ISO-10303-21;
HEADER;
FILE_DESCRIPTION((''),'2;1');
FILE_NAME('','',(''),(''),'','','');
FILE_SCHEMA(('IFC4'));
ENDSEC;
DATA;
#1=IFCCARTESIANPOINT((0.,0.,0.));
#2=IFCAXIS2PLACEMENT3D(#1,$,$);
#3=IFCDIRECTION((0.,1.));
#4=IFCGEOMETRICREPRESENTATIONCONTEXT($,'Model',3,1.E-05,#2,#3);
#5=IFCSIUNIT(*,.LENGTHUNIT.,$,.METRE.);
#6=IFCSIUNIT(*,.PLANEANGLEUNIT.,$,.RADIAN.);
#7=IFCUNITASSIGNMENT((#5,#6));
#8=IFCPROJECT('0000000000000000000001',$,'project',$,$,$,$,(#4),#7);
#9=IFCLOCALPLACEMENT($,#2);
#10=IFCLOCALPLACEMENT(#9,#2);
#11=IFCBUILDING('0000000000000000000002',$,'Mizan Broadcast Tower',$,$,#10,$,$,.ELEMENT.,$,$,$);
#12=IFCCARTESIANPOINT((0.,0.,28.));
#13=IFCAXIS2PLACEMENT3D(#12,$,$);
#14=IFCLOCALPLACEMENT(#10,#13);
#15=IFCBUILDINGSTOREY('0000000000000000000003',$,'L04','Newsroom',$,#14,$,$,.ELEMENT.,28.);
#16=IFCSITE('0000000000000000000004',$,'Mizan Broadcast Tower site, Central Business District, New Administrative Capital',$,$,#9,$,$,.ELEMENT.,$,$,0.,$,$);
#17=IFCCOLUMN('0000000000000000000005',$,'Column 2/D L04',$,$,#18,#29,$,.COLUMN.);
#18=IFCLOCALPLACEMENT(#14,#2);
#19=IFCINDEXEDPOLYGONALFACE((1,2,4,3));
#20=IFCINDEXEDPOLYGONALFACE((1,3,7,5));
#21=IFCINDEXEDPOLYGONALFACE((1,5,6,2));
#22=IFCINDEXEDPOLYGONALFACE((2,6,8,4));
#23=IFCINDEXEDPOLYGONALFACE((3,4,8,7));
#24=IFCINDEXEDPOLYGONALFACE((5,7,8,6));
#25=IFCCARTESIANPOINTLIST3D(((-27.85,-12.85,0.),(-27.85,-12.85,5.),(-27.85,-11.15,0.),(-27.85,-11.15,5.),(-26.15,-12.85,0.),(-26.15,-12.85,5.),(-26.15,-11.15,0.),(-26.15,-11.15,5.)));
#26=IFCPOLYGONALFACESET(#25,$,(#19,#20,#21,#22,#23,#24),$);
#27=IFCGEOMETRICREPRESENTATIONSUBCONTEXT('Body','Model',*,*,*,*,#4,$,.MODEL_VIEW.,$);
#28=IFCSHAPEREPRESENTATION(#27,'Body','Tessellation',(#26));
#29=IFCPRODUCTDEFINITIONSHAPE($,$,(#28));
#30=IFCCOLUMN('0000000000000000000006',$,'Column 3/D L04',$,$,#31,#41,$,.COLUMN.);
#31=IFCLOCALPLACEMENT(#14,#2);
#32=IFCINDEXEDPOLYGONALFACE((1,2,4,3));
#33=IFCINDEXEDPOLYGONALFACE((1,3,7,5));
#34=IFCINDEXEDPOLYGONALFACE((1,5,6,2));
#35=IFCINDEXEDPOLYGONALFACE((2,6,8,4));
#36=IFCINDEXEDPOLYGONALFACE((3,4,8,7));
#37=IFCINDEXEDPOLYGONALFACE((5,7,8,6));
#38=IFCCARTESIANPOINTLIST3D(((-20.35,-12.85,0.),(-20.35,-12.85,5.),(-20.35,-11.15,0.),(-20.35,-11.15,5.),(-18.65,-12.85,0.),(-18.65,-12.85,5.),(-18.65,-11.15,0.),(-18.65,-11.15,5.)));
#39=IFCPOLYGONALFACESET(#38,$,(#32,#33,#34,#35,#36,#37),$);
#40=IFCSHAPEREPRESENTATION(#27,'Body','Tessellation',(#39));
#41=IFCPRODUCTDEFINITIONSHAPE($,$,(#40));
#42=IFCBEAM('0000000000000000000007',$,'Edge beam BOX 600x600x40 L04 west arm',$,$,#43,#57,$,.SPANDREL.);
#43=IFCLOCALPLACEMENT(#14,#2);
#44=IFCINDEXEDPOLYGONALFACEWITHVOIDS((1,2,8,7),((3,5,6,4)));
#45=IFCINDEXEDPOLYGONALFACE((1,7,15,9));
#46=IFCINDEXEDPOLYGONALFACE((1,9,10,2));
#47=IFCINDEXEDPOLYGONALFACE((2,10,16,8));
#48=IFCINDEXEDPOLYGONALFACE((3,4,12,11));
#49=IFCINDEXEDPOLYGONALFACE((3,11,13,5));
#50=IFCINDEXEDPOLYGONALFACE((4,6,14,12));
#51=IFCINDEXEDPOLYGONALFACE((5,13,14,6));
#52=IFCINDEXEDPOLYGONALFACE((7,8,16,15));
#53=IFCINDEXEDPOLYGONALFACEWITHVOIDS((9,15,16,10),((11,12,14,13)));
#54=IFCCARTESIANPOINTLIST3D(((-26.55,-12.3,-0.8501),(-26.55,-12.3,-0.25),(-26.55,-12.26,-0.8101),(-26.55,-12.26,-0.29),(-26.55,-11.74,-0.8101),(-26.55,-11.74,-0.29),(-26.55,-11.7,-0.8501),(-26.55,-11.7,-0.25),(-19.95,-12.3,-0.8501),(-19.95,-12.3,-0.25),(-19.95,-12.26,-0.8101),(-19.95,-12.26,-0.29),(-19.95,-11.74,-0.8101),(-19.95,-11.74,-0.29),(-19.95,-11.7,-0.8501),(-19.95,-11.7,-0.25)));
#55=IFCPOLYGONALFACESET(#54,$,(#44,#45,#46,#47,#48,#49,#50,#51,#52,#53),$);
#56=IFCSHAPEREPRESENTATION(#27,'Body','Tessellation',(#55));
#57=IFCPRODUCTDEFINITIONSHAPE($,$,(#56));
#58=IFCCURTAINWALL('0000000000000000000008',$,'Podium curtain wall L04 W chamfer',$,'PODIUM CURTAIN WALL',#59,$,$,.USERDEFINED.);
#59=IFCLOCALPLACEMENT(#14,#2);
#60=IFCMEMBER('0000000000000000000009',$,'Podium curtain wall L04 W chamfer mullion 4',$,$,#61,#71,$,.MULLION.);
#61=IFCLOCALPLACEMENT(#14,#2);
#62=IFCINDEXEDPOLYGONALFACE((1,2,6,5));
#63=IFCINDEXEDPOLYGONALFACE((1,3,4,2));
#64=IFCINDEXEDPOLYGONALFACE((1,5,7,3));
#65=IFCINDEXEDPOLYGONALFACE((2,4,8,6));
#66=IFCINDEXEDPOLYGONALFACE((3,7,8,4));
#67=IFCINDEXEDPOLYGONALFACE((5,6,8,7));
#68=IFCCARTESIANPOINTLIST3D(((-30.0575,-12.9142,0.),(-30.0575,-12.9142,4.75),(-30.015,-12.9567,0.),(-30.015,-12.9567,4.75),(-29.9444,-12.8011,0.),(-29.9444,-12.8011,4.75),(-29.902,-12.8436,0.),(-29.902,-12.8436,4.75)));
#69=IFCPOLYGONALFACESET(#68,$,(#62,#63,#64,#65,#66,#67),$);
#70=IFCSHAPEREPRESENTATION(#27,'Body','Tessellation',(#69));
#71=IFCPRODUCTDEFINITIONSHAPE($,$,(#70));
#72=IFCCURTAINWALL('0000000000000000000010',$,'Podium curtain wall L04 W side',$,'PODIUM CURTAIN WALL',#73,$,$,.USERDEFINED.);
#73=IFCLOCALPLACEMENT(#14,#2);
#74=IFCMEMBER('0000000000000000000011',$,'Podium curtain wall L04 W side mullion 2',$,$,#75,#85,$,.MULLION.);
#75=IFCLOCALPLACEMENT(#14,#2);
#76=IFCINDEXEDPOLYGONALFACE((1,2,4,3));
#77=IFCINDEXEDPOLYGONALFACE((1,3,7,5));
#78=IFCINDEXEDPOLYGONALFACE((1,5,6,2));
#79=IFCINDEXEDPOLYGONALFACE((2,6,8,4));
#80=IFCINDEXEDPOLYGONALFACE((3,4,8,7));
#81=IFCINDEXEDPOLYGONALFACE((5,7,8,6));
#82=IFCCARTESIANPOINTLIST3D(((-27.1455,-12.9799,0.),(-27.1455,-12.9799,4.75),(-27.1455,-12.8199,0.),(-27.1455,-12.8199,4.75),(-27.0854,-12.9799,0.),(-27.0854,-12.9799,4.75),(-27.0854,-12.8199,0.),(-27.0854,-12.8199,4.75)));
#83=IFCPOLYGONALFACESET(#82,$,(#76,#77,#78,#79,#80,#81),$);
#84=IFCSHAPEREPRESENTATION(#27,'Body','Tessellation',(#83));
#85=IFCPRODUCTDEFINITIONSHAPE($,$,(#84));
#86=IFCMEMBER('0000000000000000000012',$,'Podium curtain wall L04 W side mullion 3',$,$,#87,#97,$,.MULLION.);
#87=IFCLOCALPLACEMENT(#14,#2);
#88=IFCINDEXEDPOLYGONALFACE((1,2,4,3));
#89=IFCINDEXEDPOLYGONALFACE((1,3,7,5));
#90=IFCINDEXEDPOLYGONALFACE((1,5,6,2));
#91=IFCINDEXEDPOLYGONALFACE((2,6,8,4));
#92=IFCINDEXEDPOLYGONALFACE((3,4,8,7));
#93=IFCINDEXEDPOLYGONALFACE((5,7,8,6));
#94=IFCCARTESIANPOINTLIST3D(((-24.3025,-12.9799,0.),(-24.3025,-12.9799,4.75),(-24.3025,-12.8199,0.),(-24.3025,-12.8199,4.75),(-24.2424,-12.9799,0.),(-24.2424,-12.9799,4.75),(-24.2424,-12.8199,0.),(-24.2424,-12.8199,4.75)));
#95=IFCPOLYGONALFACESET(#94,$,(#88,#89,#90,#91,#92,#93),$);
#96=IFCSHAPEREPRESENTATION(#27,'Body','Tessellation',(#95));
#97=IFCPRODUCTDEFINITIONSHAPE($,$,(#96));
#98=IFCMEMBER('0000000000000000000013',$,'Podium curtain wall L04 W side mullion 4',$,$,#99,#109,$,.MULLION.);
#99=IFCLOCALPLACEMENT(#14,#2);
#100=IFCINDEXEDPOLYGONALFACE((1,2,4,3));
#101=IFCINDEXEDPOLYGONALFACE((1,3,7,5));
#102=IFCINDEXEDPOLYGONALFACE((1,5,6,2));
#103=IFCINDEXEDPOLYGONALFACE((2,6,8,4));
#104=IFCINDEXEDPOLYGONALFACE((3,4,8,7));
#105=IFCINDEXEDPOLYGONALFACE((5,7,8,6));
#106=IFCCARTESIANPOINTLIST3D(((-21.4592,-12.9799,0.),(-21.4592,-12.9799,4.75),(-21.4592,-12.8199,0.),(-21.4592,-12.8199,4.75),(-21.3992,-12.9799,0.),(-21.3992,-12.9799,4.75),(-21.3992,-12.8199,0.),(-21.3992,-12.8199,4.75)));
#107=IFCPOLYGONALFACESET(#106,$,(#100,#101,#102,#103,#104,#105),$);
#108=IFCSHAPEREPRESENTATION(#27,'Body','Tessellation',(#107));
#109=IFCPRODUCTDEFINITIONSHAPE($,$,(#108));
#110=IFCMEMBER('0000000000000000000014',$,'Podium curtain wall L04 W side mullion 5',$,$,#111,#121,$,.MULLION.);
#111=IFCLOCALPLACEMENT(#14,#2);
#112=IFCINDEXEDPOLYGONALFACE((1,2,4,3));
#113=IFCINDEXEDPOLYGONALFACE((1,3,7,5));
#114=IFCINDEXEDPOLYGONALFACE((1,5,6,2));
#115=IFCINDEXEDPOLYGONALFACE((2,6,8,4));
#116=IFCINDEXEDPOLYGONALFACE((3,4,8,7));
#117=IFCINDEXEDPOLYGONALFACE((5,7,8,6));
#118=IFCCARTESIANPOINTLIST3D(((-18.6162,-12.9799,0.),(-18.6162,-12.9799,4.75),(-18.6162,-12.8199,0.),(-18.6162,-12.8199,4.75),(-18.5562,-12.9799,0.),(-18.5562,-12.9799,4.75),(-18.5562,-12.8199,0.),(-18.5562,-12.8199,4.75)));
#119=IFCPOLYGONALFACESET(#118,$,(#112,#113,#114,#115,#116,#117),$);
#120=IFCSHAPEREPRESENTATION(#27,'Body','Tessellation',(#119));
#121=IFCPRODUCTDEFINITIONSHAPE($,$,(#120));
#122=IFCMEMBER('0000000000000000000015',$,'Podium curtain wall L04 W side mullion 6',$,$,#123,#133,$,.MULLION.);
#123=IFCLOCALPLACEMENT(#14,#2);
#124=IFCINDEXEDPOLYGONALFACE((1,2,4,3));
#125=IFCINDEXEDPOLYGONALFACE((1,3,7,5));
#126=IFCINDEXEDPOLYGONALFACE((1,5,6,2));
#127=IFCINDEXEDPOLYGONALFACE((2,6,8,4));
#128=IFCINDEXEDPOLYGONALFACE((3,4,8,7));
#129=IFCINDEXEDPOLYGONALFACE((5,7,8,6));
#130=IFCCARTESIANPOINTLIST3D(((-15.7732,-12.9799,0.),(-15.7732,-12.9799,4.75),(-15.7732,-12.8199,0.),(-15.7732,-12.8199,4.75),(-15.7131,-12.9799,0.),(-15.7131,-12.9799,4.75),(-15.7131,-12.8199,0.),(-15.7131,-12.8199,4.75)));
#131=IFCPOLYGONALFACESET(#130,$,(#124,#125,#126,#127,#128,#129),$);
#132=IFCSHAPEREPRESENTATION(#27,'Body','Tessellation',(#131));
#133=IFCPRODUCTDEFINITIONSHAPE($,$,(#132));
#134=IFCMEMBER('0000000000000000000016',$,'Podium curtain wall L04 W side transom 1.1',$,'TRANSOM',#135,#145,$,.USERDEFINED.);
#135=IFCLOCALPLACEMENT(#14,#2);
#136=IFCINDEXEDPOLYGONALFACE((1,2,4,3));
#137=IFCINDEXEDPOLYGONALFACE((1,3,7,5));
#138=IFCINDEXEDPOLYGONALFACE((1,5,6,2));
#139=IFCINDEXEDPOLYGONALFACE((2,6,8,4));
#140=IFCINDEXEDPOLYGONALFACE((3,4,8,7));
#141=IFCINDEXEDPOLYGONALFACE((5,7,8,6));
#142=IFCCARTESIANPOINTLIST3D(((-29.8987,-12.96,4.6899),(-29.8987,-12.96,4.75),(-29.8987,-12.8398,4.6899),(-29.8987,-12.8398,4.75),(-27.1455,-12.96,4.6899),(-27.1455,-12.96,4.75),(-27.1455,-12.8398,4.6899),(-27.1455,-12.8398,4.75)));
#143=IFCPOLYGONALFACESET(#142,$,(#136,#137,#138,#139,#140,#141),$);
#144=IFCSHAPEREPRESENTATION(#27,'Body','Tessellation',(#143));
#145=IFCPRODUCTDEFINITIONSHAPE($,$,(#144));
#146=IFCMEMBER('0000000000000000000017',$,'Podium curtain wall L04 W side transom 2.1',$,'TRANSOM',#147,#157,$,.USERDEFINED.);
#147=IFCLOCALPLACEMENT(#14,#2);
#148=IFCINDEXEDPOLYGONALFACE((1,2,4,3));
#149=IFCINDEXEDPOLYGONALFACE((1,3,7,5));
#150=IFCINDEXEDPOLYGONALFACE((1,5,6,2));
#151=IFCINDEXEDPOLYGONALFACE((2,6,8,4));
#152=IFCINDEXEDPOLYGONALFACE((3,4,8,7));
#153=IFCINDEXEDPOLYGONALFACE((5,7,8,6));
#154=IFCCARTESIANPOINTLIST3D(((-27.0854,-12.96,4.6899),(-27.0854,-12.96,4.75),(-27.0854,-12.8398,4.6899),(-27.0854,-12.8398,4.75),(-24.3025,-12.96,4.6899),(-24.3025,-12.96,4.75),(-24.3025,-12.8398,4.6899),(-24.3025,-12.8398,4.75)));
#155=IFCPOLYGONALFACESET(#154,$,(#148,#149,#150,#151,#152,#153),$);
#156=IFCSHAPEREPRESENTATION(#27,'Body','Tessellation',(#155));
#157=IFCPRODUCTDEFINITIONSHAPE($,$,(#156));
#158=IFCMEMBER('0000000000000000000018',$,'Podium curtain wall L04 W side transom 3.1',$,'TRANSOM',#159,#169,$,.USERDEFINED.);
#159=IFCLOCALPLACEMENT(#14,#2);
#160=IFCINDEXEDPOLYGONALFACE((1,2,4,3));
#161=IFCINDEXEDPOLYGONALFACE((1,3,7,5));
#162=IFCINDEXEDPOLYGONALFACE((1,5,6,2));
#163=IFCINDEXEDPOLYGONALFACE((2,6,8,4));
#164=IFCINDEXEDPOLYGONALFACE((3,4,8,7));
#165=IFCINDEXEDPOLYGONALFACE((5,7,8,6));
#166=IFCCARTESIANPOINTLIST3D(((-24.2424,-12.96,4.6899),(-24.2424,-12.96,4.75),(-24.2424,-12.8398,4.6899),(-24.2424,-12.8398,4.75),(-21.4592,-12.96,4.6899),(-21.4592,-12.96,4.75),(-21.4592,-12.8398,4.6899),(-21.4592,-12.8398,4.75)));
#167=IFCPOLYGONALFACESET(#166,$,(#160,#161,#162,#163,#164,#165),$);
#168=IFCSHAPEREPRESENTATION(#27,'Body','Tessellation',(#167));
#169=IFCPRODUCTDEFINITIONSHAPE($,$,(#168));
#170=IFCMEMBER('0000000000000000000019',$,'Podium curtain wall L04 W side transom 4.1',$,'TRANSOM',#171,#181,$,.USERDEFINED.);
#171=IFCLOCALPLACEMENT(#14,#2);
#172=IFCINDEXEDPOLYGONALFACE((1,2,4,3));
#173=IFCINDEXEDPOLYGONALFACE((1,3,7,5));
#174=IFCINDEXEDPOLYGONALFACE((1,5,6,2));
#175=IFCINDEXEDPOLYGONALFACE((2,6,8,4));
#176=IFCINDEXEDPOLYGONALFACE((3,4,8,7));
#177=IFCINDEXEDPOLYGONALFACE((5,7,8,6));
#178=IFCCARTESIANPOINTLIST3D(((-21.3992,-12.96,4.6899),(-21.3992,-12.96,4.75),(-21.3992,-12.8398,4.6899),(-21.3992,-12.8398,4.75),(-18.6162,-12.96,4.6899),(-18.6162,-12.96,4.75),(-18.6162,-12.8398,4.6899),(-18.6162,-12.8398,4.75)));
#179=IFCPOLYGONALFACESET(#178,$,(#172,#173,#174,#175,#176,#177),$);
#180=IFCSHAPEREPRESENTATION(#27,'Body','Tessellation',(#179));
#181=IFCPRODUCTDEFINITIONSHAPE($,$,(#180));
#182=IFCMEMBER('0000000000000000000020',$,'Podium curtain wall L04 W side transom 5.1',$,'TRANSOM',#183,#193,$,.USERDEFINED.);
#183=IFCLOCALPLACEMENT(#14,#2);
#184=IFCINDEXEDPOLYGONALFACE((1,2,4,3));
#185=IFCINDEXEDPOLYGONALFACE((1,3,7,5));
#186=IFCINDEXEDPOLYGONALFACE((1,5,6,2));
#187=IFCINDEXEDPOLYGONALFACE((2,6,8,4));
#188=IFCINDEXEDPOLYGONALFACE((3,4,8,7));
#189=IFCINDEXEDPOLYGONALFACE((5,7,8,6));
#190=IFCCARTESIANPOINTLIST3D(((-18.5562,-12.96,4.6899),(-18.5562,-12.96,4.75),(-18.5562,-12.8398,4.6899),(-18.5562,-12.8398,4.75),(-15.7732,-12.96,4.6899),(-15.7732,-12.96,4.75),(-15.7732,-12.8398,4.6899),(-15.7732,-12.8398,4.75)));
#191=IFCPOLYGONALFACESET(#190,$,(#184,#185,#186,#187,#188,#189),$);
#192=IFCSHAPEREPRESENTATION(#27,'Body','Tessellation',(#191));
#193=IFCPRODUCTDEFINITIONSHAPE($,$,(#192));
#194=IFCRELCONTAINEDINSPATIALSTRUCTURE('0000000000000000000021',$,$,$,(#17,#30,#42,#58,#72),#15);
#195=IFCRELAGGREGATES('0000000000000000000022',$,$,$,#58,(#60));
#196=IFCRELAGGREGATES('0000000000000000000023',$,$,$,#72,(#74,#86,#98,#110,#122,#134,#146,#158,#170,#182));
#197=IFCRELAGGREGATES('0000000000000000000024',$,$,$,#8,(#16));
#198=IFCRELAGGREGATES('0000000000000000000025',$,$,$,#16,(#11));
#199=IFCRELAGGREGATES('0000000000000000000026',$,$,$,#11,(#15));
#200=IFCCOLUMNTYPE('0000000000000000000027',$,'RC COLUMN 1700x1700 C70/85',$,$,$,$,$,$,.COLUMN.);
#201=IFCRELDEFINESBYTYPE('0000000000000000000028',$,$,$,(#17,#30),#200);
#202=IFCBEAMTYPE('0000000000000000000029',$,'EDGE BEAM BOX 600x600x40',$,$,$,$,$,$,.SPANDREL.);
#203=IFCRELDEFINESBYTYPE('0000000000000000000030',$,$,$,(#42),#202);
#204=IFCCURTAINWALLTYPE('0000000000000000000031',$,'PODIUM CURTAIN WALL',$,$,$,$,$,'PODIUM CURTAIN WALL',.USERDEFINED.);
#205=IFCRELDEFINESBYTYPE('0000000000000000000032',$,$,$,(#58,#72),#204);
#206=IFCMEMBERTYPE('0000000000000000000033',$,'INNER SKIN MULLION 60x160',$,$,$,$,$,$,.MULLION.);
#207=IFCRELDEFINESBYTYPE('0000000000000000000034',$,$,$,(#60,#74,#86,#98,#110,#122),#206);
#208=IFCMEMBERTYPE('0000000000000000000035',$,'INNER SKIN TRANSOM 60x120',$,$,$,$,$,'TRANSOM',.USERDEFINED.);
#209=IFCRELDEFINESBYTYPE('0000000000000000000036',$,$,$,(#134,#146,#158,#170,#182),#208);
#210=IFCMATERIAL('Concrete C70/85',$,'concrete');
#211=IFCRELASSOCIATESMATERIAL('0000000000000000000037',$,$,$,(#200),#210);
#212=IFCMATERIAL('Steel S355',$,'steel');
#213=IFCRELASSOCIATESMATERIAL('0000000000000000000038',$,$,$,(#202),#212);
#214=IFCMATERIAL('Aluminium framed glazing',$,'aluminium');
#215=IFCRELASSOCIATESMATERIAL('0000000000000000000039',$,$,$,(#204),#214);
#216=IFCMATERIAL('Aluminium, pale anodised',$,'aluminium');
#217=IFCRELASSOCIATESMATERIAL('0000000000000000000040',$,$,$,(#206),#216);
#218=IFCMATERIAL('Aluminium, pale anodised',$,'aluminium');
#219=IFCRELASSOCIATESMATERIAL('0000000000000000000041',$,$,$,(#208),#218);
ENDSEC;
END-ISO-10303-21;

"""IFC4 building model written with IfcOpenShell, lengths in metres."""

from ifc_helpers import new_model, si_unit, direction, frame, origin, origin_2d, place, context, subcontext, project, spatial, rectangle, hollow_rectangle, extrude, material, material_profile, profile_set, type_object, element, aggregate, save


model = new_model("IFC4")

# Units and contexts
model_context = context("Model", 3, precision=1e-05, world=origin(), true_north=direction((0.0, 1.0)))
body_context = subcontext(model_context, "Body", "Model", "MODEL_VIEW")
ifc_project = project(units=[si_unit("LENGTHUNIT", "METRE"), si_unit("PLANEANGLEUNIT", "RADIAN")], contexts=[model_context])

# Site, building, storey
site_placement = place(None, origin())
site = spatial("IfcSite", under=ifc_project, at=site_placement, Name="Mizan Broadcast Tower site, Central Business District, New Administrative Capital", CompositionType="ELEMENT", RefElevation=0.0)
building_placement = place(site_placement, origin())
building = spatial("IfcBuilding", under=site, at=building_placement, Name="Mizan Broadcast Tower", CompositionType="ELEMENT")
storey_placement = place(building_placement, frame((0.0, 0.0, 28.0)))
storey = spatial("IfcBuildingStorey", under=building, at=storey_placement, Name="L04", Description="Newsroom", CompositionType="ELEMENT", Elevation=28.0)

# Columns
ifc_material_1 = material(Name="Concrete C70/85", Category="concrete")
ifc_material_profile_1 = material_profile(ifc_material_1, rectangle(XDim=1.7, YDim=1.7, at=origin_2d()), Name="RC 1700x1700")
ifc_profile_set_1 = profile_set([ifc_material_profile_1], Name="Concrete C70/85")
column_type = type_object("IfcColumnType", Name="RC COLUMN 1700x1700 C70/85", PredefinedType="COLUMN", material=ifc_profile_set_1)
for number, where, z_axis, x_axis, name in (
    (1, (-27.0, -12.0, 0.0), (0.0, 0.0, 1.0), (1.0, 0.0, 0.0), "Column 2/D L04"),
    (2, (-19.5, -12.0, 0.0), (0.0, 0.0, 1.0), (1.0, 0.0, 0.0), "Column 3/D L04"),
):
    element("IfcColumn", number, at=place(storey_placement, frame(where, z_axis=z_axis, x_axis=x_axis)), inside=storey, type_object=column_type, Name=name, PredefinedType="COLUMN", context=body_context, shape_type="SweptSolid", body=[
        extrude(rectangle(XDim=1.7, YDim=1.7, at=origin_2d()), origin(), (0.0, 0.0, 1.0), 5.0),
    ])

# Beam
ifc_material_2 = material(Name="Steel S355", Category="steel")
ifc_material_profile_2 = material_profile(ifc_material_2, hollow_rectangle(XDim=0.6001, YDim=0.6001, WallThickness=0.04, at=origin_2d()), Name="BOX 600x600x40")
ifc_profile_set_2 = profile_set([ifc_material_profile_2], Name="Steel S355")
beam_type = type_object("IfcBeamType", Name="EDGE BEAM BOX 600x600x40", PredefinedType="SPANDREL", material=ifc_profile_set_2)
beam_placement = place(storey_placement, frame((-19.95, -12.0, -0.55), z_axis=(-1.0, 0.0, 0.0), x_axis=(0.0, -1.0, 0.0)))
element("IfcBeam", 3, at=beam_placement, inside=storey, type_object=beam_type, Name="Edge beam BOX 600x600x40 L04 west arm", PredefinedType="SPANDREL", context=body_context, shape_type="SweptSolid", body=[
    extrude(hollow_rectangle(XDim=0.6001, YDim=0.6001, WallThickness=0.04, at=origin_2d()), origin(), (0.0, 0.0, 1.0), 6.6001),
])

# Curtain wall, member
ifc_material_3 = material(Name="Aluminium framed glazing", Category="aluminium")
curtain_wall_type_1 = type_object("IfcCurtainWallType", Name="PODIUM CURTAIN WALL", ElementType="PODIUM CURTAIN WALL", PredefinedType="USERDEFINED", material=ifc_material_3)
curtain_wall_1_placement = place(storey_placement, origin())
curtain_wall_1 = element("IfcCurtainWall", 4, at=curtain_wall_1_placement, inside=storey, type_object=curtain_wall_type_1, Name="Podium curtain wall L04 W chamfer", ObjectType="PODIUM CURTAIN WALL", PredefinedType="USERDEFINED")
ifc_material_4 = material(Name="Aluminium, pale anodised", Category="aluminium")
ifc_material_profile_3 = material_profile(ifc_material_4, rectangle(XDim=0.1599, YDim=0.0601, at=origin_2d()), Name="MULLION 160x60")
ifc_profile_set_3 = profile_set([ifc_material_profile_3], Name="Aluminium, pale anodised")
member_type_1 = type_object("IfcMemberType", Name="INNER SKIN MULLION 60x160", PredefinedType="MULLION", material=ifc_profile_set_3)
member_1_placement = place(storey_placement, frame((-29.9797, -12.8789, 0.0), z_axis=(0.0, 0.0, 1.0), x_axis=(0.707107, 0.707107, 0.0)))
member_1 = element("IfcMember", 5, at=member_1_placement, type_object=member_type_1, Name="Podium curtain wall L04 W chamfer mullion 4", PredefinedType="MULLION", context=body_context, shape_type="SweptSolid", body=[
    extrude(rectangle(XDim=0.1599, YDim=0.0601, at=origin_2d()), origin(), (0.0, 0.0, 1.0), 4.75),
])
aggregate(curtain_wall_1, [member_1])

# Curtain wall, members
curtain_wall_2_placement = place(storey_placement, origin())
curtain_wall_2 = element("IfcCurtainWall", 6, at=curtain_wall_2_placement, inside=storey, type_object=curtain_wall_type_1, Name="Podium curtain wall L04 W side", ObjectType="PODIUM CURTAIN WALL", PredefinedType="USERDEFINED")
member_2_placement = place(storey_placement, frame((-27.1155, -12.8999, 0.0), z_axis=(0.0, 0.0, 1.0), x_axis=(0.0, 1.0, 0.0)))
member_2 = element("IfcMember", 7, at=member_2_placement, type_object=member_type_1, Name="Podium curtain wall L04 W side mullion 2", PredefinedType="MULLION", context=body_context, shape_type="SweptSolid", body=[
    extrude(rectangle(XDim=0.1599, YDim=0.0601, at=origin_2d()), origin(), (0.0, 0.0, 1.0), 4.75),
])
member_3_placement = place(storey_placement, frame((-24.2725, -12.8999, 0.0), z_axis=(0.0, 0.0, 1.0), x_axis=(0.0, 1.0, 0.0)))
member_3 = element("IfcMember", 8, at=member_3_placement, type_object=member_type_1, Name="Podium curtain wall L04 W side mullion 3", PredefinedType="MULLION", context=body_context, shape_type="SweptSolid", body=[
    extrude(rectangle(XDim=0.1599, YDim=0.0601, at=origin_2d()), origin(), (0.0, 0.0, 1.0), 4.75),
])
member_4_placement = place(storey_placement, frame((-21.4292, -12.8999, 0.0), z_axis=(0.0, 0.0, 1.0), x_axis=(0.0, 1.0, 0.0)))
member_4 = element("IfcMember", 9, at=member_4_placement, type_object=member_type_1, Name="Podium curtain wall L04 W side mullion 4", PredefinedType="MULLION", context=body_context, shape_type="SweptSolid", body=[
    extrude(rectangle(XDim=0.1599, YDim=0.0601, at=origin_2d()), origin(), (0.0, 0.0, 1.0), 4.75),
])
member_5_placement = place(storey_placement, frame((-18.5862, -12.8999, 0.0), z_axis=(0.0, 0.0, 1.0), x_axis=(0.0, 1.0, 0.0)))
member_5 = element("IfcMember", 10, at=member_5_placement, type_object=member_type_1, Name="Podium curtain wall L04 W side mullion 5", PredefinedType="MULLION", context=body_context, shape_type="SweptSolid", body=[
    extrude(rectangle(XDim=0.1599, YDim=0.0601, at=origin_2d()), origin(), (0.0, 0.0, 1.0), 4.75),
])
member_6_placement = place(storey_placement, frame((-15.7432, -12.8999, 0.0), z_axis=(0.0, 0.0, 1.0), x_axis=(0.0, 1.0, 0.0)))
member_6 = element("IfcMember", 11, at=member_6_placement, type_object=member_type_1, Name="Podium curtain wall L04 W side mullion 6", PredefinedType="MULLION", context=body_context, shape_type="SweptSolid", body=[
    extrude(rectangle(XDim=0.1599, YDim=0.0601, at=origin_2d()), origin(), (0.0, 0.0, 1.0), 4.75),
])
ifc_material_5 = material(Name="Aluminium, pale anodised", Category="aluminium")
ifc_material_profile_4 = material_profile(ifc_material_5, rectangle(XDim=0.1201, YDim=0.0601, at=origin_2d()), Name="TRANSOM 120x60")
ifc_profile_set_4 = profile_set([ifc_material_profile_4], Name="Aluminium, pale anodised")
member_type_2 = type_object("IfcMemberType", Name="INNER SKIN TRANSOM 60x120", ElementType="TRANSOM", PredefinedType="USERDEFINED", material=ifc_profile_set_4)
member_7_placement = place(storey_placement, frame((-29.8987, -12.8999, 4.72), z_axis=(1.0, 0.0, 0.0), x_axis=(0.0, 1.0, 0.0)))
member_7 = element("IfcMember", 12, at=member_7_placement, type_object=member_type_2, Name="Podium curtain wall L04 W side transom 1.1", ObjectType="TRANSOM", PredefinedType="USERDEFINED", context=body_context, shape_type="SweptSolid", body=[
    extrude(rectangle(XDim=0.1201, YDim=0.0601, at=origin_2d()), origin(), (0.0, 0.0, 1.0), 2.7532),
])
member_8_placement = place(storey_placement, frame((-27.0854, -12.8999, 4.72), z_axis=(1.0, 0.0, 0.0), x_axis=(0.0, 1.0, 0.0)))
member_8 = element("IfcMember", 13, at=member_8_placement, type_object=member_type_2, Name="Podium curtain wall L04 W side transom 2.1", ObjectType="TRANSOM", PredefinedType="USERDEFINED", context=body_context, shape_type="SweptSolid", body=[
    extrude(rectangle(XDim=0.1201, YDim=0.0601, at=origin_2d()), origin(), (0.0, 0.0, 1.0), 2.783),
])
member_9_placement = place(storey_placement, frame((-24.2424, -12.8999, 4.72), z_axis=(1.0, 0.0, 0.0), x_axis=(0.0, 1.0, 0.0)))
member_9 = element("IfcMember", 14, at=member_9_placement, type_object=member_type_2, Name="Podium curtain wall L04 W side transom 3.1", ObjectType="TRANSOM", PredefinedType="USERDEFINED", context=body_context, shape_type="SweptSolid", body=[
    extrude(rectangle(XDim=0.1201, YDim=0.0601, at=origin_2d()), origin(), (0.0, 0.0, 1.0), 2.7832),
])
member_10_placement = place(storey_placement, frame((-21.3992, -12.8999, 4.72), z_axis=(1.0, 0.0, 0.0), x_axis=(0.0, 1.0, 0.0)))
member_10 = element("IfcMember", 15, at=member_10_placement, type_object=member_type_2, Name="Podium curtain wall L04 W side transom 4.1", ObjectType="TRANSOM", PredefinedType="USERDEFINED", context=body_context, shape_type="SweptSolid", body=[
    extrude(rectangle(XDim=0.1201, YDim=0.0601, at=origin_2d()), origin(), (0.0, 0.0, 1.0), 2.783),
])
member_11_placement = place(storey_placement, frame((-18.5562, -12.8999, 4.72), z_axis=(1.0, 0.0, 0.0), x_axis=(0.0, 1.0, 0.0)))
member_11 = element("IfcMember", 16, at=member_11_placement, type_object=member_type_2, Name="Podium curtain wall L04 W side transom 5.1", ObjectType="TRANSOM", PredefinedType="USERDEFINED", context=body_context, shape_type="SweptSolid", body=[
    extrude(rectangle(XDim=0.1201, YDim=0.0601, at=origin_2d()), origin(), (0.0, 0.0, 1.0), 2.783),
])

aggregate(curtain_wall_2, [member_2, member_3, member_4, member_5, member_6, member_7, member_8, member_9, member_10, member_11])

save(model, "model.ifc")
